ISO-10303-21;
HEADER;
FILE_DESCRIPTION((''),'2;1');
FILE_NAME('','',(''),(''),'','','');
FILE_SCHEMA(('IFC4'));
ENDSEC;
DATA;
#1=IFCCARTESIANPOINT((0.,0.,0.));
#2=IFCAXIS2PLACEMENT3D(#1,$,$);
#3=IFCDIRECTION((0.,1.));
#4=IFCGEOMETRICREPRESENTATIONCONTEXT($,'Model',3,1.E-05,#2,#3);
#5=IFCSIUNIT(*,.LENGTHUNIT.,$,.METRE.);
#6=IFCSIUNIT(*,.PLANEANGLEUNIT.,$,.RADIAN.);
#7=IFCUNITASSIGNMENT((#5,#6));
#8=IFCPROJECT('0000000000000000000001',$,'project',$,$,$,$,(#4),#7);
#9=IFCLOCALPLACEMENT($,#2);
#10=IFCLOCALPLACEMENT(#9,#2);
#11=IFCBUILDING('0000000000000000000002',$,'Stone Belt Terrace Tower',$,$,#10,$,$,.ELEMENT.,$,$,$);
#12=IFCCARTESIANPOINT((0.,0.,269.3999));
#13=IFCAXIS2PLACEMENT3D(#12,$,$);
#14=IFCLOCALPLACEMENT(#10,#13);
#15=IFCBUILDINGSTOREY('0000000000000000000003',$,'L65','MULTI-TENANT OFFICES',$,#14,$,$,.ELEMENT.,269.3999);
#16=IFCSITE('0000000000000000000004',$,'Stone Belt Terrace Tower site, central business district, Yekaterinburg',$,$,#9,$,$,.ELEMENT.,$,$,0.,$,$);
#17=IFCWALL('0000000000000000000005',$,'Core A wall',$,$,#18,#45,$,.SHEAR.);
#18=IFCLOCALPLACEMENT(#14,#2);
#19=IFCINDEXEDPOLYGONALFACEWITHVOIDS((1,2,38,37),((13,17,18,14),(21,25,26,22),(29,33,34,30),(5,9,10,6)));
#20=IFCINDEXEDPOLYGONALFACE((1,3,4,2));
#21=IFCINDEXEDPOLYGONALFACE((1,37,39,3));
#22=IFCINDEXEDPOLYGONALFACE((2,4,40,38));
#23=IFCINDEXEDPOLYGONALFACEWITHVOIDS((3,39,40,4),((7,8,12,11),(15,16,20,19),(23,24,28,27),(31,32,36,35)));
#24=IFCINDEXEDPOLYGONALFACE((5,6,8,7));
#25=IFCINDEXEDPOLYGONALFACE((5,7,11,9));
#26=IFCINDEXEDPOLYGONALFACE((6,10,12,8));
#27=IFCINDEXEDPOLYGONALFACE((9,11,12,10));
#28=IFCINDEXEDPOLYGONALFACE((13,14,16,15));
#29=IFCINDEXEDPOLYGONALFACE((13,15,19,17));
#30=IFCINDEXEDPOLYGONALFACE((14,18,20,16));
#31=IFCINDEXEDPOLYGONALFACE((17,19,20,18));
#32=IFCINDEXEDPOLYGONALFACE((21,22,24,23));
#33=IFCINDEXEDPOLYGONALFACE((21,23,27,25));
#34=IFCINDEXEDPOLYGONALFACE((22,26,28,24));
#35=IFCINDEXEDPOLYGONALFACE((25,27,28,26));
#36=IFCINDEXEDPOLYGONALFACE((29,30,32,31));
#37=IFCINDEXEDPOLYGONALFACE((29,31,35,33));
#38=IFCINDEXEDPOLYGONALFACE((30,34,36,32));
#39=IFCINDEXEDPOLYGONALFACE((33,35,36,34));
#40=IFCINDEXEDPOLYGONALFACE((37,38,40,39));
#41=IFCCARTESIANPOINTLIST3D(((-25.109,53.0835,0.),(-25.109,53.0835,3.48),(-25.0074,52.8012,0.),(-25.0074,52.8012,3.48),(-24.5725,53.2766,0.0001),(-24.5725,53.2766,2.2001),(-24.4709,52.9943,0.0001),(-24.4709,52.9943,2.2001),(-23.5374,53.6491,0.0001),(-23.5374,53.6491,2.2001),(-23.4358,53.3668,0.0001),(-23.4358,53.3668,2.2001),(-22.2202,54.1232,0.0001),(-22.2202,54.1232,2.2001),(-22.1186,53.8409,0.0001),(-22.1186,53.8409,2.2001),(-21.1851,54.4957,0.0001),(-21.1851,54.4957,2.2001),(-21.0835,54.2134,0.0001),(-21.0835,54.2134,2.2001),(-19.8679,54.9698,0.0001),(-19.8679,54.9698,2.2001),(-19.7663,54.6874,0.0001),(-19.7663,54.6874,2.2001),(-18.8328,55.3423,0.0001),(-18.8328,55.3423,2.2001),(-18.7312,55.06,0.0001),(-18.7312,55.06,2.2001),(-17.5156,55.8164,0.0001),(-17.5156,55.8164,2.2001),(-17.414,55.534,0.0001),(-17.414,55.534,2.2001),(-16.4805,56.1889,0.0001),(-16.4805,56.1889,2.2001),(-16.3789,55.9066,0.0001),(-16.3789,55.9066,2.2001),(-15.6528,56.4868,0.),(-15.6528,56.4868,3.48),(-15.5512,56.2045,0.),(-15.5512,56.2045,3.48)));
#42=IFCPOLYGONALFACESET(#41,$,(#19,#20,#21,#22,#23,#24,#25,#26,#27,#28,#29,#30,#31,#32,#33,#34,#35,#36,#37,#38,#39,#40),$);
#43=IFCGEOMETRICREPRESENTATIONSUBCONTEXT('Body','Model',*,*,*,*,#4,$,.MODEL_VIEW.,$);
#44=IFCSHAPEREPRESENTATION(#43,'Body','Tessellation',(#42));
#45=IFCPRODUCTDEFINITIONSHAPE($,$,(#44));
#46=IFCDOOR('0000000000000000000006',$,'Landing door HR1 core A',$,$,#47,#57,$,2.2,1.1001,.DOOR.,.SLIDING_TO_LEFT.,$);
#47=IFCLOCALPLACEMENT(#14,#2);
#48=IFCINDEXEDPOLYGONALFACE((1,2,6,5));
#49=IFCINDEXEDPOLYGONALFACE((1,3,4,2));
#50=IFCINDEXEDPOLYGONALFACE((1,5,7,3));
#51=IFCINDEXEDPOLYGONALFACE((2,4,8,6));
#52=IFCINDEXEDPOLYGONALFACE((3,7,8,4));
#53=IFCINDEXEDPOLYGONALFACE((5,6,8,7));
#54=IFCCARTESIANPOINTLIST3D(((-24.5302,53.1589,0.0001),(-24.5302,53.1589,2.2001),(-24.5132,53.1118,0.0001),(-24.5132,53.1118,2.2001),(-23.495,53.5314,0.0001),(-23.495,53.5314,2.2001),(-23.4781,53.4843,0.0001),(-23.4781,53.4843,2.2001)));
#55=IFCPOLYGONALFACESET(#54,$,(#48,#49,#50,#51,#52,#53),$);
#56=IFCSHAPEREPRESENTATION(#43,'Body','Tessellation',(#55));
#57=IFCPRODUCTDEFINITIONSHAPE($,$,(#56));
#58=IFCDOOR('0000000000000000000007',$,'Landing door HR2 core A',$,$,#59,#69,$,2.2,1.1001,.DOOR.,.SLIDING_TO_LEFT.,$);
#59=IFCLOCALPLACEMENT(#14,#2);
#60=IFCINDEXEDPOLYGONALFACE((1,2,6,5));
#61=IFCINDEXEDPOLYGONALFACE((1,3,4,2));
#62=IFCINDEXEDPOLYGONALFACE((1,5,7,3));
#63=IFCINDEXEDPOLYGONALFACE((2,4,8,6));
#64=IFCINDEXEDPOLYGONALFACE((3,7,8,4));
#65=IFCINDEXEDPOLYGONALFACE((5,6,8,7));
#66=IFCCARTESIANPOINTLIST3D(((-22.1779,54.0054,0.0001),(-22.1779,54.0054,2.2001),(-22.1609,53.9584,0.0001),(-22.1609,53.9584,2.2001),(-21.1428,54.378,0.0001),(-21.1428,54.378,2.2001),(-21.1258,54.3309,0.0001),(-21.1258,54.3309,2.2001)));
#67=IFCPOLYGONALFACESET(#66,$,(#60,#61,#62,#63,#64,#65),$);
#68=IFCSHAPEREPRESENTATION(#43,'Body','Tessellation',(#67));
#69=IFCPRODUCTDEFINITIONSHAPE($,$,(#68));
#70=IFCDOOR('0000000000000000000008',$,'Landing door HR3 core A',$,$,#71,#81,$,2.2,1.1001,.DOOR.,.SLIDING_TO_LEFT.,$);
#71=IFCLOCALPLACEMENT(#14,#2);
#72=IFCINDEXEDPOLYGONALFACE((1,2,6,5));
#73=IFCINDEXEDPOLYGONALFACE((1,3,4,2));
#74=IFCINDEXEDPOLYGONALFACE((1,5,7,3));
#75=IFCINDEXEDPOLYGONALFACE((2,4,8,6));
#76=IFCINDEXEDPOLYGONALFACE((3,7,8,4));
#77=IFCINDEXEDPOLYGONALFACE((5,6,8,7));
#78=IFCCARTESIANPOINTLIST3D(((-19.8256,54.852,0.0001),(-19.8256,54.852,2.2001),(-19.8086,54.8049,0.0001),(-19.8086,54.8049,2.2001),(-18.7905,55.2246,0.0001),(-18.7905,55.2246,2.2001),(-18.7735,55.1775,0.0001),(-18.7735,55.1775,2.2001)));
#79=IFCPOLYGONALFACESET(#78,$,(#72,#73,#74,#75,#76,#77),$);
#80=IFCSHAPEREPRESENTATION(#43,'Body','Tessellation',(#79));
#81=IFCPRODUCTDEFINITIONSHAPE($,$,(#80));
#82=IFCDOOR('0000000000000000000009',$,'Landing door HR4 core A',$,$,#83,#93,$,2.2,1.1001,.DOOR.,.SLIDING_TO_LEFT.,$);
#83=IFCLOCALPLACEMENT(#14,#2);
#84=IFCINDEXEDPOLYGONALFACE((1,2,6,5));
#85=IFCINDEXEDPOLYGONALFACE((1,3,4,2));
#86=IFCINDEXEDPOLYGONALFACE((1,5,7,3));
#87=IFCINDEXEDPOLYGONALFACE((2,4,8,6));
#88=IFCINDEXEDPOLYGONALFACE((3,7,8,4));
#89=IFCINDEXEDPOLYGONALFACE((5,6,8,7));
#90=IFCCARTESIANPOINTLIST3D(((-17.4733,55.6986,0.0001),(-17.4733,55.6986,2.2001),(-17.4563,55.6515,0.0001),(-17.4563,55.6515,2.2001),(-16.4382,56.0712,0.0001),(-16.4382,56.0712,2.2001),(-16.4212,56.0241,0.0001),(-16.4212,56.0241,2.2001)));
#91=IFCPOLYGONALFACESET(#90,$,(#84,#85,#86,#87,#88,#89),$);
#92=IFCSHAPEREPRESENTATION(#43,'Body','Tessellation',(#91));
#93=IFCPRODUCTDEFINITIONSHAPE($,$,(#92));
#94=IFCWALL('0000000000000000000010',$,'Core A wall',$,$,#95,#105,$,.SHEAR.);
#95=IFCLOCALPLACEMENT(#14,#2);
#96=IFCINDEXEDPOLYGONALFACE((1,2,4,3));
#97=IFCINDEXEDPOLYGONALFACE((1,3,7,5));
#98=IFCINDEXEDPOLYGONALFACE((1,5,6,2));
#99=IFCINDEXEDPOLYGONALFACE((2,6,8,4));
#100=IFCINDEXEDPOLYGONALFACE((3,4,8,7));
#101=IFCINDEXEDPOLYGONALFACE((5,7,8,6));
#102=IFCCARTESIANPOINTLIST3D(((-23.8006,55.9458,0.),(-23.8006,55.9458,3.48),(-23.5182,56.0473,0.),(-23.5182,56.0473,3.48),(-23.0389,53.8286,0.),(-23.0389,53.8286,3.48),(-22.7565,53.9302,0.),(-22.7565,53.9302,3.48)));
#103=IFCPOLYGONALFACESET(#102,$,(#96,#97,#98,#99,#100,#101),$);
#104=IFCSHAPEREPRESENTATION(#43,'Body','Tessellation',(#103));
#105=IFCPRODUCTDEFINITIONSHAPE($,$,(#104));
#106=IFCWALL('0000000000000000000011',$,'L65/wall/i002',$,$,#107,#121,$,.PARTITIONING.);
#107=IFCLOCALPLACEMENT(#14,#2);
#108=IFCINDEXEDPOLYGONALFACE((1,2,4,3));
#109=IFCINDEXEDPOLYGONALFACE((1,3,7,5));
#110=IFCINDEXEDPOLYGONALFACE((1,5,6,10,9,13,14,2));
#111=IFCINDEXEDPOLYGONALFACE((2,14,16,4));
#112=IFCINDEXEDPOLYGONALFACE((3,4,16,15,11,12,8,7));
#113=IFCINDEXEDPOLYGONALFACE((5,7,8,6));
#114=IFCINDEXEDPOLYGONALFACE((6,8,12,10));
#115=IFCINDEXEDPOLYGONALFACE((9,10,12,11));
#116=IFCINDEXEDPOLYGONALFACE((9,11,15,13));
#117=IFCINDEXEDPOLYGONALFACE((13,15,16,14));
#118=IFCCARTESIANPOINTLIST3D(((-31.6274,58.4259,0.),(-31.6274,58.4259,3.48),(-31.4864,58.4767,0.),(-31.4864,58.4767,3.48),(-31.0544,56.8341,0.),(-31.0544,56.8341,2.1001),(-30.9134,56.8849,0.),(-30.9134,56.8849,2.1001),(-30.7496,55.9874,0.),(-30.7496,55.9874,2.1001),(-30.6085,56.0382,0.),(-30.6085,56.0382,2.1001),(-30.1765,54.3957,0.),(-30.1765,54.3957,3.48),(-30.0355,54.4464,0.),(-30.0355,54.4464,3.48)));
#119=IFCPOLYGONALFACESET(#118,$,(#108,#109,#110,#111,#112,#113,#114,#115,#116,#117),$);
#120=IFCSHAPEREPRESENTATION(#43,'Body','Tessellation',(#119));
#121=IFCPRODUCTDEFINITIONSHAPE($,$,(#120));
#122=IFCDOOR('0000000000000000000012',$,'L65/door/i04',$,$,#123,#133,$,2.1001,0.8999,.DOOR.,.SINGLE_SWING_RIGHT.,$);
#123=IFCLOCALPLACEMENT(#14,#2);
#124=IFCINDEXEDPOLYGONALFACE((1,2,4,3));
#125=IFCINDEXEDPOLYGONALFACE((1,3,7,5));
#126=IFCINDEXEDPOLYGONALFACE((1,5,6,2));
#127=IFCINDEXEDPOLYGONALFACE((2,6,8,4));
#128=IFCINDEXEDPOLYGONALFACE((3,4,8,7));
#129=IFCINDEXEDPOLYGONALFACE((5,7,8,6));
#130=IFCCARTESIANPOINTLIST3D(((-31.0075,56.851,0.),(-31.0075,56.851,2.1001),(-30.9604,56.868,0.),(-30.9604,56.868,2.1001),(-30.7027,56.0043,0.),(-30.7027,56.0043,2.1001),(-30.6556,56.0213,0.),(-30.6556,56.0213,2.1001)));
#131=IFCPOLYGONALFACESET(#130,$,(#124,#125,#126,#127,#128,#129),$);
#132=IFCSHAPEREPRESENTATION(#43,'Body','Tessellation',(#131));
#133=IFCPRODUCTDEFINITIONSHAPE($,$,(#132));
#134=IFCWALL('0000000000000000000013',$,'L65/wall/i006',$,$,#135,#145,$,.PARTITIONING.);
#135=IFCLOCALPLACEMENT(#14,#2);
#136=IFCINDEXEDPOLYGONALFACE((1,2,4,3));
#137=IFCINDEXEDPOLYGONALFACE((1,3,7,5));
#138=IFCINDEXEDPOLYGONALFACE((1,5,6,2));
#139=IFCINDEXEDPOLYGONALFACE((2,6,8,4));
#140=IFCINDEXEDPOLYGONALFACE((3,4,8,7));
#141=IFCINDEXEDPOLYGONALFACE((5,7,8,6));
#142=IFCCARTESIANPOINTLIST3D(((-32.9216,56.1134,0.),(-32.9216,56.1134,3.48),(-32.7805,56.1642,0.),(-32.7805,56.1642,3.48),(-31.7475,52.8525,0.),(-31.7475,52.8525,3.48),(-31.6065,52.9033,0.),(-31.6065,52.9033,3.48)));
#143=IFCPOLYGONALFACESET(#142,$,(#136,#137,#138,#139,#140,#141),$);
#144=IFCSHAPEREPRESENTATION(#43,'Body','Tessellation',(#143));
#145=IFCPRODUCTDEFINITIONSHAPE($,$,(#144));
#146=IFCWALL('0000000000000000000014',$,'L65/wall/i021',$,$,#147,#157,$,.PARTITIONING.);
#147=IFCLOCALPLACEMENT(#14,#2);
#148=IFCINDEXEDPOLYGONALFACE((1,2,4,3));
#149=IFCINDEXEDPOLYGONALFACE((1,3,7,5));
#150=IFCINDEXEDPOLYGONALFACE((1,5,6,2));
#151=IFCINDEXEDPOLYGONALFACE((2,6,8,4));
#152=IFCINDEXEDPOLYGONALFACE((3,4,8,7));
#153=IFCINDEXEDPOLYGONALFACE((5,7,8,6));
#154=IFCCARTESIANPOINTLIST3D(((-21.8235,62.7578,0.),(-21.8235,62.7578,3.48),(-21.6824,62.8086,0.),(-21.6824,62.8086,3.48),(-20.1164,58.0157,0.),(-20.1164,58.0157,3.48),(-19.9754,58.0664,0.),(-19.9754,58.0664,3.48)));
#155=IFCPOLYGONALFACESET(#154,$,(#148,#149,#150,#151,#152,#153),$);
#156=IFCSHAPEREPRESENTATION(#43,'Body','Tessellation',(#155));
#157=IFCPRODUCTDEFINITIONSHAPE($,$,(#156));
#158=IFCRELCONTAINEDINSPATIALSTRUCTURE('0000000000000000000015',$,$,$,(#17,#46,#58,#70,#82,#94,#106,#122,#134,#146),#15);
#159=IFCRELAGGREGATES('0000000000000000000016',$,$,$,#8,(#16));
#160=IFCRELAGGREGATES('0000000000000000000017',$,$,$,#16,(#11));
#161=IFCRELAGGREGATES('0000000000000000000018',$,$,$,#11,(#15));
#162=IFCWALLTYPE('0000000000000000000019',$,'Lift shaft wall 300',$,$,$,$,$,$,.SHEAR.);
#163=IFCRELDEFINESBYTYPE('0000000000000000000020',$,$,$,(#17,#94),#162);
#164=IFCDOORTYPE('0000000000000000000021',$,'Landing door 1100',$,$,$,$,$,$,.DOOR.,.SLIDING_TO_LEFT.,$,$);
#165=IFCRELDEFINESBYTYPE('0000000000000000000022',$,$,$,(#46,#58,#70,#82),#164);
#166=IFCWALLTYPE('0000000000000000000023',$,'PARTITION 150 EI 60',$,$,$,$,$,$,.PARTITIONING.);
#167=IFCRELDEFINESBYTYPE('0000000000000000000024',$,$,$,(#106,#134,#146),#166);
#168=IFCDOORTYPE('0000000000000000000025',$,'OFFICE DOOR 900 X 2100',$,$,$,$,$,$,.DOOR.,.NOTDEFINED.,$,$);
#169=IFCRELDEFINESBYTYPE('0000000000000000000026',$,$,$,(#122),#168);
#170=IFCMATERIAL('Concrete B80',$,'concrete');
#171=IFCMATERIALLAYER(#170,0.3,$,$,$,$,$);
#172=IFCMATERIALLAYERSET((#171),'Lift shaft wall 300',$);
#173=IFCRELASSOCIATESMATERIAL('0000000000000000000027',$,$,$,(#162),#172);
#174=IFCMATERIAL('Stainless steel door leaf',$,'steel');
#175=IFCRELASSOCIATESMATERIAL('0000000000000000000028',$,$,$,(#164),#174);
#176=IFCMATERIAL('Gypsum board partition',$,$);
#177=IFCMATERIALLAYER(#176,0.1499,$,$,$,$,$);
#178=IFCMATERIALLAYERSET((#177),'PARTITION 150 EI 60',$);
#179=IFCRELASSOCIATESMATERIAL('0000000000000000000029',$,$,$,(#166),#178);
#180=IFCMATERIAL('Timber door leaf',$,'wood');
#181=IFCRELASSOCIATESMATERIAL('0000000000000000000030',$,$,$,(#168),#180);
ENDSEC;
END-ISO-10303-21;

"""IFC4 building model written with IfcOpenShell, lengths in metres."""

from ifc_helpers import new_model, si_unit, direction, frame, frame_2d, origin, place, context, subcontext, project, spatial, rectangle, extrude, material, layer, layer_set, type_object, element, fill, save


model = new_model("IFC4")

# Units and contexts
model_context = context("Model", 3, precision=1e-05, world=origin(), true_north=direction((0.0, 1.0)))
body_context = subcontext(model_context, "Body", "Model", "MODEL_VIEW")
ifc_project = project(units=[si_unit("LENGTHUNIT", "METRE"), si_unit("PLANEANGLEUNIT", "RADIAN")], contexts=[model_context])

# Site, building, storey
site_placement = place(None, origin())
site = spatial("IfcSite", under=ifc_project, at=site_placement, Name="Stone Belt Terrace Tower site, central business district, Yekaterinburg", CompositionType="ELEMENT", RefElevation=0.0)
building_placement = place(site_placement, origin())
building = spatial("IfcBuilding", under=site, at=building_placement, Name="Stone Belt Terrace Tower", CompositionType="ELEMENT")
storey_placement = place(building_placement, frame((0.0, 0.0, 269.3999)))
storey = spatial("IfcBuildingStorey", under=building, at=storey_placement, Name="L65", Description="MULTI-TENANT OFFICES", CompositionType="ELEMENT", Elevation=269.3999)

# Shared definitions
ifc_material_1 = material(Name="Timber door leaf", Category="wood")

# Shared definitions
ifc_material_2 = material(Name="Concrete B80", Category="concrete")
ifc_layer_1 = layer(ifc_material_2, 0.3)
ifc_layer_set_1 = layer_set([ifc_layer_1], Name="Lift shaft wall 300")
wall_type_1 = type_object("IfcWallType", Name="Lift shaft wall 300", PredefinedType="SHEAR", material=ifc_layer_set_1)
ifc_material_3 = material(Name="Stainless steel door leaf", Category="steel")

# Wall, openings, doors
wall_1_placement = place(storey_placement, frame((-25.0581, 52.9424, 0.0), z_axis=(0.0, 0.0, 1.0), x_axis=(0.940917, 0.338636, 0.0)))
wall_1 = element("IfcWall", 1, at=wall_1_placement, inside=storey, type_object=wall_type_1, Name="Core A wall", PredefinedType="SHEAR", context=body_context, shape_type="SweptSolid", body=[
    extrude(rectangle(XDim=10.05, YDim=0.3, at=frame_2d((5.0249, 0.0))), origin(), (0.0, 0.0, 1.0), 3.48),
])
opening_1_placement = place(wall_1_placement, frame((0.5701, 0.0, 0.0)))
opening_1 = element("IfcOpeningElement", 2, at=opening_1_placement, cuts=wall_1, PredefinedType="OPENING", context=body_context, shape_type="SweptSolid", body=[
    extrude(rectangle(XDim=1.1001, YDim=2.2, at=frame_2d((0.55, 1.1001))), frame((0.0, 0.1599, 0.0), z_axis=(0.0, -1.0, 0.0), x_axis=(1.0, 0.0, 0.0)), (0.0, 0.0, 1.0), 0.3201),
])
opening_2_placement = place(wall_1_placement, frame((3.0701, 0.0, 0.0)))
opening_2 = element("IfcOpeningElement", 3, at=opening_2_placement, cuts=wall_1, PredefinedType="OPENING", context=body_context, shape_type="SweptSolid", body=[
    extrude(rectangle(XDim=1.1001, YDim=2.2, at=frame_2d((0.55, 1.1001))), frame((0.0, 0.1599, 0.0), z_axis=(0.0, -1.0, 0.0), x_axis=(1.0, 0.0, 0.0)), (0.0, 0.0, 1.0), 0.3201),
])
opening_3_placement = place(wall_1_placement, frame((5.5701, 0.0, 0.0)))
opening_3 = element("IfcOpeningElement", 4, at=opening_3_placement, cuts=wall_1, PredefinedType="OPENING", context=body_context, shape_type="SweptSolid", body=[
    extrude(rectangle(XDim=1.1001, YDim=2.2, at=frame_2d((0.55, 1.1001))), frame((0.0, 0.1599, 0.0), z_axis=(0.0, -1.0, 0.0), x_axis=(1.0, 0.0, 0.0)), (0.0, 0.0, 1.0), 0.3201),
])
opening_4_placement = place(wall_1_placement, frame((8.0701, 0.0, 0.0)))
opening_4 = element("IfcOpeningElement", 5, at=opening_4_placement, cuts=wall_1, PredefinedType="OPENING", context=body_context, shape_type="SweptSolid", body=[
    extrude(rectangle(XDim=1.1001, YDim=2.2, at=frame_2d((0.55, 1.1001))), frame((0.0, 0.1599, 0.0), z_axis=(0.0, -1.0, 0.0), x_axis=(1.0, 0.0, 0.0)), (0.0, 0.0, 1.0), 0.3201),
])
door_type_1 = type_object("IfcDoorType", Name="Landing door 1100", OperationType="SLIDING_TO_LEFT", PredefinedType="DOOR", material=ifc_material_3)
door_1_placement = place(opening_1_placement, origin())
door_1 = element("IfcDoor", 6, at=door_1_placement, inside=storey, type_object=door_type_1, Name="Landing door HR1 core A", OperationType="SLIDING_TO_LEFT", OverallHeight=2.2, OverallWidth=1.1001, PredefinedType="DOOR", context=body_context, shape_type="SweptSolid", body=[
    extrude(rectangle(XDim=1.1001, YDim=2.2, at=frame_2d((0.55, 1.1001))), frame((0.0, 0.0249, 0.0), z_axis=(0.0, -1.0, 0.0), x_axis=(1.0, 0.0, 0.0)), (0.0, 0.0, 1.0), 0.05),
])
fill(opening_1, door_1)
door_2_placement = place(opening_2_placement, origin())
door_2 = element("IfcDoor", 7, at=door_2_placement, inside=storey, type_object=door_type_1, Name="Landing door HR2 core A", OperationType="SLIDING_TO_LEFT", OverallHeight=2.2, OverallWidth=1.1001, PredefinedType="DOOR", context=body_context, shape_type="SweptSolid", body=[
    extrude(rectangle(XDim=1.1001, YDim=2.2, at=frame_2d((0.55, 1.1001))), frame((0.0, 0.0249, 0.0), z_axis=(0.0, -1.0, 0.0), x_axis=(1.0, 0.0, 0.0)), (0.0, 0.0, 1.0), 0.05),
])
fill(opening_2, door_2)
door_3_placement = place(opening_3_placement, origin())
door_3 = element("IfcDoor", 8, at=door_3_placement, inside=storey, type_object=door_type_1, Name="Landing door HR3 core A", OperationType="SLIDING_TO_LEFT", OverallHeight=2.2, OverallWidth=1.1001, PredefinedType="DOOR", context=body_context, shape_type="SweptSolid", body=[
    extrude(rectangle(XDim=1.1001, YDim=2.2, at=frame_2d((0.55, 1.1001))), frame((0.0, 0.0249, 0.0), z_axis=(0.0, -1.0, 0.0), x_axis=(1.0, 0.0, 0.0)), (0.0, 0.0, 1.0), 0.05),
])
fill(opening_3, door_3)
door_4_placement = place(opening_4_placement, origin())
door_4 = element("IfcDoor", 9, at=door_4_placement, inside=storey, type_object=door_type_1, Name="Landing door HR4 core A", OperationType="SLIDING_TO_LEFT", OverallHeight=2.2, OverallWidth=1.1001, PredefinedType="DOOR", context=body_context, shape_type="SweptSolid", body=[
    extrude(rectangle(XDim=1.1001, YDim=2.2, at=frame_2d((0.55, 1.1001))), frame((0.0, 0.0249, 0.0), z_axis=(0.0, -1.0, 0.0), x_axis=(1.0, 0.0, 0.0)), (0.0, 0.0, 1.0), 0.05),
])
fill(opening_4, door_4)

# Wall
wall_2_placement = place(storey_placement, frame((-22.8977, 53.8794, 0.0), z_axis=(0.0, 0.0, 1.0), x_axis=(-0.338535, 0.940954, 0.0)))
element("IfcWall", 10, at=wall_2_placement, inside=storey, type_object=wall_type_1, Name="Core A wall", PredefinedType="SHEAR", context=body_context, shape_type="SweptSolid", body=[
    extrude(rectangle(XDim=2.25, YDim=0.3, at=frame_2d((1.125, 0.0))), origin(), (0.0, 0.0, 1.0), 3.48),
])

# Wall, opening, door
ifc_material_4 = material(Name="Gypsum board partition")
ifc_layer_2 = layer(ifc_material_4, 0.1499)
ifc_layer_set_2 = layer_set([ifc_layer_2], Name="PARTITION 150 EI 60")
wall_type_2 = type_object("IfcWallType", Name="PARTITION 150 EI 60", PredefinedType="PARTITIONING", material=ifc_layer_set_2)
wall_3_placement = place(storey_placement, frame((-31.5569, 58.4512, 0.0), z_axis=(0.0, 0.0, 1.0), x_axis=(0.338726, -0.940885, 0.0)))
wall_3 = element("IfcWall", 11, at=wall_3_placement, inside=storey, type_object=wall_type_2, Name="L65/wall/i002", PredefinedType="PARTITIONING", context=body_context, shape_type="SweptSolid", body=[
    extrude(rectangle(XDim=4.2834, YDim=0.1499, at=frame_2d((2.1416, 0.0))), origin(), (0.0, 0.0, 1.0), 3.48),
])
opening_5_placement = place(wall_3_placement, frame((1.6917, 0.0, 0.0)))
opening_5 = element("IfcOpeningElement", 12, at=opening_5_placement, cuts=wall_3, PredefinedType="OPENING", context=body_context, shape_type="SweptSolid", body=[
    extrude(rectangle(XDim=0.8999, YDim=2.1001, at=frame_2d((0.45, 1.05))), frame((0.0, 0.085, 0.0), z_axis=(0.0, -1.0, 0.0), x_axis=(1.0, 0.0, 0.0)), (0.0, 0.0, 1.0), 0.1699),
])
door_type_2 = type_object("IfcDoorType", Name="OFFICE DOOR 900 X 2100", OperationType="NOTDEFINED", PredefinedType="DOOR", material=ifc_material_1)
door_5_placement = place(opening_5_placement, origin())
door_5 = element("IfcDoor", 13, at=door_5_placement, inside=storey, type_object=door_type_2, Name="L65/door/i04", OperationType="SINGLE_SWING_RIGHT", OverallHeight=2.1001, OverallWidth=0.8999, PredefinedType="DOOR", context=body_context, shape_type="SweptSolid", body=[
    extrude(rectangle(XDim=0.8999, YDim=2.1001, at=frame_2d((0.45, 1.05))), frame((0.0, 0.0249, 0.0), z_axis=(0.0, -1.0, 0.0), x_axis=(1.0, 0.0, 0.0)), (0.0, 0.0, 1.0), 0.05),
])
fill(opening_5, door_5)

# Walls
wall_4_placement = place(storey_placement, frame((-31.677, 52.8779, 0.0), z_axis=(0.0, 0.0, 1.0), x_axis=(-0.338749, 0.940877, 0.0)))
element("IfcWall", 14, at=wall_4_placement, inside=storey, type_object=wall_type_2, Name="L65/wall/i006", PredefinedType="PARTITIONING", context=body_context, shape_type="SweptSolid", body=[
    extrude(rectangle(XDim=3.4658, YDim=0.1499, at=frame_2d((1.7329, 0.0))), origin(), (0.0, 0.0, 1.0), 3.48),
])
wall_5_placement = place(storey_placement, frame((-21.7529, 62.7832, 0.0), z_axis=(0.0, 0.0, 1.0), x_axis=(0.338692, -0.940897, 0.0)))
element("IfcWall", 15, at=wall_5_placement, inside=storey, type_object=wall_type_2, Name="L65/wall/i021", PredefinedType="PARTITIONING", context=body_context, shape_type="SweptSolid", body=[
    extrude(rectangle(XDim=5.04, YDim=0.1499, at=frame_2d((2.52, 0.0))), origin(), (0.0, 0.0, 1.0), 3.48),
])

save(model, "model.ifc")
